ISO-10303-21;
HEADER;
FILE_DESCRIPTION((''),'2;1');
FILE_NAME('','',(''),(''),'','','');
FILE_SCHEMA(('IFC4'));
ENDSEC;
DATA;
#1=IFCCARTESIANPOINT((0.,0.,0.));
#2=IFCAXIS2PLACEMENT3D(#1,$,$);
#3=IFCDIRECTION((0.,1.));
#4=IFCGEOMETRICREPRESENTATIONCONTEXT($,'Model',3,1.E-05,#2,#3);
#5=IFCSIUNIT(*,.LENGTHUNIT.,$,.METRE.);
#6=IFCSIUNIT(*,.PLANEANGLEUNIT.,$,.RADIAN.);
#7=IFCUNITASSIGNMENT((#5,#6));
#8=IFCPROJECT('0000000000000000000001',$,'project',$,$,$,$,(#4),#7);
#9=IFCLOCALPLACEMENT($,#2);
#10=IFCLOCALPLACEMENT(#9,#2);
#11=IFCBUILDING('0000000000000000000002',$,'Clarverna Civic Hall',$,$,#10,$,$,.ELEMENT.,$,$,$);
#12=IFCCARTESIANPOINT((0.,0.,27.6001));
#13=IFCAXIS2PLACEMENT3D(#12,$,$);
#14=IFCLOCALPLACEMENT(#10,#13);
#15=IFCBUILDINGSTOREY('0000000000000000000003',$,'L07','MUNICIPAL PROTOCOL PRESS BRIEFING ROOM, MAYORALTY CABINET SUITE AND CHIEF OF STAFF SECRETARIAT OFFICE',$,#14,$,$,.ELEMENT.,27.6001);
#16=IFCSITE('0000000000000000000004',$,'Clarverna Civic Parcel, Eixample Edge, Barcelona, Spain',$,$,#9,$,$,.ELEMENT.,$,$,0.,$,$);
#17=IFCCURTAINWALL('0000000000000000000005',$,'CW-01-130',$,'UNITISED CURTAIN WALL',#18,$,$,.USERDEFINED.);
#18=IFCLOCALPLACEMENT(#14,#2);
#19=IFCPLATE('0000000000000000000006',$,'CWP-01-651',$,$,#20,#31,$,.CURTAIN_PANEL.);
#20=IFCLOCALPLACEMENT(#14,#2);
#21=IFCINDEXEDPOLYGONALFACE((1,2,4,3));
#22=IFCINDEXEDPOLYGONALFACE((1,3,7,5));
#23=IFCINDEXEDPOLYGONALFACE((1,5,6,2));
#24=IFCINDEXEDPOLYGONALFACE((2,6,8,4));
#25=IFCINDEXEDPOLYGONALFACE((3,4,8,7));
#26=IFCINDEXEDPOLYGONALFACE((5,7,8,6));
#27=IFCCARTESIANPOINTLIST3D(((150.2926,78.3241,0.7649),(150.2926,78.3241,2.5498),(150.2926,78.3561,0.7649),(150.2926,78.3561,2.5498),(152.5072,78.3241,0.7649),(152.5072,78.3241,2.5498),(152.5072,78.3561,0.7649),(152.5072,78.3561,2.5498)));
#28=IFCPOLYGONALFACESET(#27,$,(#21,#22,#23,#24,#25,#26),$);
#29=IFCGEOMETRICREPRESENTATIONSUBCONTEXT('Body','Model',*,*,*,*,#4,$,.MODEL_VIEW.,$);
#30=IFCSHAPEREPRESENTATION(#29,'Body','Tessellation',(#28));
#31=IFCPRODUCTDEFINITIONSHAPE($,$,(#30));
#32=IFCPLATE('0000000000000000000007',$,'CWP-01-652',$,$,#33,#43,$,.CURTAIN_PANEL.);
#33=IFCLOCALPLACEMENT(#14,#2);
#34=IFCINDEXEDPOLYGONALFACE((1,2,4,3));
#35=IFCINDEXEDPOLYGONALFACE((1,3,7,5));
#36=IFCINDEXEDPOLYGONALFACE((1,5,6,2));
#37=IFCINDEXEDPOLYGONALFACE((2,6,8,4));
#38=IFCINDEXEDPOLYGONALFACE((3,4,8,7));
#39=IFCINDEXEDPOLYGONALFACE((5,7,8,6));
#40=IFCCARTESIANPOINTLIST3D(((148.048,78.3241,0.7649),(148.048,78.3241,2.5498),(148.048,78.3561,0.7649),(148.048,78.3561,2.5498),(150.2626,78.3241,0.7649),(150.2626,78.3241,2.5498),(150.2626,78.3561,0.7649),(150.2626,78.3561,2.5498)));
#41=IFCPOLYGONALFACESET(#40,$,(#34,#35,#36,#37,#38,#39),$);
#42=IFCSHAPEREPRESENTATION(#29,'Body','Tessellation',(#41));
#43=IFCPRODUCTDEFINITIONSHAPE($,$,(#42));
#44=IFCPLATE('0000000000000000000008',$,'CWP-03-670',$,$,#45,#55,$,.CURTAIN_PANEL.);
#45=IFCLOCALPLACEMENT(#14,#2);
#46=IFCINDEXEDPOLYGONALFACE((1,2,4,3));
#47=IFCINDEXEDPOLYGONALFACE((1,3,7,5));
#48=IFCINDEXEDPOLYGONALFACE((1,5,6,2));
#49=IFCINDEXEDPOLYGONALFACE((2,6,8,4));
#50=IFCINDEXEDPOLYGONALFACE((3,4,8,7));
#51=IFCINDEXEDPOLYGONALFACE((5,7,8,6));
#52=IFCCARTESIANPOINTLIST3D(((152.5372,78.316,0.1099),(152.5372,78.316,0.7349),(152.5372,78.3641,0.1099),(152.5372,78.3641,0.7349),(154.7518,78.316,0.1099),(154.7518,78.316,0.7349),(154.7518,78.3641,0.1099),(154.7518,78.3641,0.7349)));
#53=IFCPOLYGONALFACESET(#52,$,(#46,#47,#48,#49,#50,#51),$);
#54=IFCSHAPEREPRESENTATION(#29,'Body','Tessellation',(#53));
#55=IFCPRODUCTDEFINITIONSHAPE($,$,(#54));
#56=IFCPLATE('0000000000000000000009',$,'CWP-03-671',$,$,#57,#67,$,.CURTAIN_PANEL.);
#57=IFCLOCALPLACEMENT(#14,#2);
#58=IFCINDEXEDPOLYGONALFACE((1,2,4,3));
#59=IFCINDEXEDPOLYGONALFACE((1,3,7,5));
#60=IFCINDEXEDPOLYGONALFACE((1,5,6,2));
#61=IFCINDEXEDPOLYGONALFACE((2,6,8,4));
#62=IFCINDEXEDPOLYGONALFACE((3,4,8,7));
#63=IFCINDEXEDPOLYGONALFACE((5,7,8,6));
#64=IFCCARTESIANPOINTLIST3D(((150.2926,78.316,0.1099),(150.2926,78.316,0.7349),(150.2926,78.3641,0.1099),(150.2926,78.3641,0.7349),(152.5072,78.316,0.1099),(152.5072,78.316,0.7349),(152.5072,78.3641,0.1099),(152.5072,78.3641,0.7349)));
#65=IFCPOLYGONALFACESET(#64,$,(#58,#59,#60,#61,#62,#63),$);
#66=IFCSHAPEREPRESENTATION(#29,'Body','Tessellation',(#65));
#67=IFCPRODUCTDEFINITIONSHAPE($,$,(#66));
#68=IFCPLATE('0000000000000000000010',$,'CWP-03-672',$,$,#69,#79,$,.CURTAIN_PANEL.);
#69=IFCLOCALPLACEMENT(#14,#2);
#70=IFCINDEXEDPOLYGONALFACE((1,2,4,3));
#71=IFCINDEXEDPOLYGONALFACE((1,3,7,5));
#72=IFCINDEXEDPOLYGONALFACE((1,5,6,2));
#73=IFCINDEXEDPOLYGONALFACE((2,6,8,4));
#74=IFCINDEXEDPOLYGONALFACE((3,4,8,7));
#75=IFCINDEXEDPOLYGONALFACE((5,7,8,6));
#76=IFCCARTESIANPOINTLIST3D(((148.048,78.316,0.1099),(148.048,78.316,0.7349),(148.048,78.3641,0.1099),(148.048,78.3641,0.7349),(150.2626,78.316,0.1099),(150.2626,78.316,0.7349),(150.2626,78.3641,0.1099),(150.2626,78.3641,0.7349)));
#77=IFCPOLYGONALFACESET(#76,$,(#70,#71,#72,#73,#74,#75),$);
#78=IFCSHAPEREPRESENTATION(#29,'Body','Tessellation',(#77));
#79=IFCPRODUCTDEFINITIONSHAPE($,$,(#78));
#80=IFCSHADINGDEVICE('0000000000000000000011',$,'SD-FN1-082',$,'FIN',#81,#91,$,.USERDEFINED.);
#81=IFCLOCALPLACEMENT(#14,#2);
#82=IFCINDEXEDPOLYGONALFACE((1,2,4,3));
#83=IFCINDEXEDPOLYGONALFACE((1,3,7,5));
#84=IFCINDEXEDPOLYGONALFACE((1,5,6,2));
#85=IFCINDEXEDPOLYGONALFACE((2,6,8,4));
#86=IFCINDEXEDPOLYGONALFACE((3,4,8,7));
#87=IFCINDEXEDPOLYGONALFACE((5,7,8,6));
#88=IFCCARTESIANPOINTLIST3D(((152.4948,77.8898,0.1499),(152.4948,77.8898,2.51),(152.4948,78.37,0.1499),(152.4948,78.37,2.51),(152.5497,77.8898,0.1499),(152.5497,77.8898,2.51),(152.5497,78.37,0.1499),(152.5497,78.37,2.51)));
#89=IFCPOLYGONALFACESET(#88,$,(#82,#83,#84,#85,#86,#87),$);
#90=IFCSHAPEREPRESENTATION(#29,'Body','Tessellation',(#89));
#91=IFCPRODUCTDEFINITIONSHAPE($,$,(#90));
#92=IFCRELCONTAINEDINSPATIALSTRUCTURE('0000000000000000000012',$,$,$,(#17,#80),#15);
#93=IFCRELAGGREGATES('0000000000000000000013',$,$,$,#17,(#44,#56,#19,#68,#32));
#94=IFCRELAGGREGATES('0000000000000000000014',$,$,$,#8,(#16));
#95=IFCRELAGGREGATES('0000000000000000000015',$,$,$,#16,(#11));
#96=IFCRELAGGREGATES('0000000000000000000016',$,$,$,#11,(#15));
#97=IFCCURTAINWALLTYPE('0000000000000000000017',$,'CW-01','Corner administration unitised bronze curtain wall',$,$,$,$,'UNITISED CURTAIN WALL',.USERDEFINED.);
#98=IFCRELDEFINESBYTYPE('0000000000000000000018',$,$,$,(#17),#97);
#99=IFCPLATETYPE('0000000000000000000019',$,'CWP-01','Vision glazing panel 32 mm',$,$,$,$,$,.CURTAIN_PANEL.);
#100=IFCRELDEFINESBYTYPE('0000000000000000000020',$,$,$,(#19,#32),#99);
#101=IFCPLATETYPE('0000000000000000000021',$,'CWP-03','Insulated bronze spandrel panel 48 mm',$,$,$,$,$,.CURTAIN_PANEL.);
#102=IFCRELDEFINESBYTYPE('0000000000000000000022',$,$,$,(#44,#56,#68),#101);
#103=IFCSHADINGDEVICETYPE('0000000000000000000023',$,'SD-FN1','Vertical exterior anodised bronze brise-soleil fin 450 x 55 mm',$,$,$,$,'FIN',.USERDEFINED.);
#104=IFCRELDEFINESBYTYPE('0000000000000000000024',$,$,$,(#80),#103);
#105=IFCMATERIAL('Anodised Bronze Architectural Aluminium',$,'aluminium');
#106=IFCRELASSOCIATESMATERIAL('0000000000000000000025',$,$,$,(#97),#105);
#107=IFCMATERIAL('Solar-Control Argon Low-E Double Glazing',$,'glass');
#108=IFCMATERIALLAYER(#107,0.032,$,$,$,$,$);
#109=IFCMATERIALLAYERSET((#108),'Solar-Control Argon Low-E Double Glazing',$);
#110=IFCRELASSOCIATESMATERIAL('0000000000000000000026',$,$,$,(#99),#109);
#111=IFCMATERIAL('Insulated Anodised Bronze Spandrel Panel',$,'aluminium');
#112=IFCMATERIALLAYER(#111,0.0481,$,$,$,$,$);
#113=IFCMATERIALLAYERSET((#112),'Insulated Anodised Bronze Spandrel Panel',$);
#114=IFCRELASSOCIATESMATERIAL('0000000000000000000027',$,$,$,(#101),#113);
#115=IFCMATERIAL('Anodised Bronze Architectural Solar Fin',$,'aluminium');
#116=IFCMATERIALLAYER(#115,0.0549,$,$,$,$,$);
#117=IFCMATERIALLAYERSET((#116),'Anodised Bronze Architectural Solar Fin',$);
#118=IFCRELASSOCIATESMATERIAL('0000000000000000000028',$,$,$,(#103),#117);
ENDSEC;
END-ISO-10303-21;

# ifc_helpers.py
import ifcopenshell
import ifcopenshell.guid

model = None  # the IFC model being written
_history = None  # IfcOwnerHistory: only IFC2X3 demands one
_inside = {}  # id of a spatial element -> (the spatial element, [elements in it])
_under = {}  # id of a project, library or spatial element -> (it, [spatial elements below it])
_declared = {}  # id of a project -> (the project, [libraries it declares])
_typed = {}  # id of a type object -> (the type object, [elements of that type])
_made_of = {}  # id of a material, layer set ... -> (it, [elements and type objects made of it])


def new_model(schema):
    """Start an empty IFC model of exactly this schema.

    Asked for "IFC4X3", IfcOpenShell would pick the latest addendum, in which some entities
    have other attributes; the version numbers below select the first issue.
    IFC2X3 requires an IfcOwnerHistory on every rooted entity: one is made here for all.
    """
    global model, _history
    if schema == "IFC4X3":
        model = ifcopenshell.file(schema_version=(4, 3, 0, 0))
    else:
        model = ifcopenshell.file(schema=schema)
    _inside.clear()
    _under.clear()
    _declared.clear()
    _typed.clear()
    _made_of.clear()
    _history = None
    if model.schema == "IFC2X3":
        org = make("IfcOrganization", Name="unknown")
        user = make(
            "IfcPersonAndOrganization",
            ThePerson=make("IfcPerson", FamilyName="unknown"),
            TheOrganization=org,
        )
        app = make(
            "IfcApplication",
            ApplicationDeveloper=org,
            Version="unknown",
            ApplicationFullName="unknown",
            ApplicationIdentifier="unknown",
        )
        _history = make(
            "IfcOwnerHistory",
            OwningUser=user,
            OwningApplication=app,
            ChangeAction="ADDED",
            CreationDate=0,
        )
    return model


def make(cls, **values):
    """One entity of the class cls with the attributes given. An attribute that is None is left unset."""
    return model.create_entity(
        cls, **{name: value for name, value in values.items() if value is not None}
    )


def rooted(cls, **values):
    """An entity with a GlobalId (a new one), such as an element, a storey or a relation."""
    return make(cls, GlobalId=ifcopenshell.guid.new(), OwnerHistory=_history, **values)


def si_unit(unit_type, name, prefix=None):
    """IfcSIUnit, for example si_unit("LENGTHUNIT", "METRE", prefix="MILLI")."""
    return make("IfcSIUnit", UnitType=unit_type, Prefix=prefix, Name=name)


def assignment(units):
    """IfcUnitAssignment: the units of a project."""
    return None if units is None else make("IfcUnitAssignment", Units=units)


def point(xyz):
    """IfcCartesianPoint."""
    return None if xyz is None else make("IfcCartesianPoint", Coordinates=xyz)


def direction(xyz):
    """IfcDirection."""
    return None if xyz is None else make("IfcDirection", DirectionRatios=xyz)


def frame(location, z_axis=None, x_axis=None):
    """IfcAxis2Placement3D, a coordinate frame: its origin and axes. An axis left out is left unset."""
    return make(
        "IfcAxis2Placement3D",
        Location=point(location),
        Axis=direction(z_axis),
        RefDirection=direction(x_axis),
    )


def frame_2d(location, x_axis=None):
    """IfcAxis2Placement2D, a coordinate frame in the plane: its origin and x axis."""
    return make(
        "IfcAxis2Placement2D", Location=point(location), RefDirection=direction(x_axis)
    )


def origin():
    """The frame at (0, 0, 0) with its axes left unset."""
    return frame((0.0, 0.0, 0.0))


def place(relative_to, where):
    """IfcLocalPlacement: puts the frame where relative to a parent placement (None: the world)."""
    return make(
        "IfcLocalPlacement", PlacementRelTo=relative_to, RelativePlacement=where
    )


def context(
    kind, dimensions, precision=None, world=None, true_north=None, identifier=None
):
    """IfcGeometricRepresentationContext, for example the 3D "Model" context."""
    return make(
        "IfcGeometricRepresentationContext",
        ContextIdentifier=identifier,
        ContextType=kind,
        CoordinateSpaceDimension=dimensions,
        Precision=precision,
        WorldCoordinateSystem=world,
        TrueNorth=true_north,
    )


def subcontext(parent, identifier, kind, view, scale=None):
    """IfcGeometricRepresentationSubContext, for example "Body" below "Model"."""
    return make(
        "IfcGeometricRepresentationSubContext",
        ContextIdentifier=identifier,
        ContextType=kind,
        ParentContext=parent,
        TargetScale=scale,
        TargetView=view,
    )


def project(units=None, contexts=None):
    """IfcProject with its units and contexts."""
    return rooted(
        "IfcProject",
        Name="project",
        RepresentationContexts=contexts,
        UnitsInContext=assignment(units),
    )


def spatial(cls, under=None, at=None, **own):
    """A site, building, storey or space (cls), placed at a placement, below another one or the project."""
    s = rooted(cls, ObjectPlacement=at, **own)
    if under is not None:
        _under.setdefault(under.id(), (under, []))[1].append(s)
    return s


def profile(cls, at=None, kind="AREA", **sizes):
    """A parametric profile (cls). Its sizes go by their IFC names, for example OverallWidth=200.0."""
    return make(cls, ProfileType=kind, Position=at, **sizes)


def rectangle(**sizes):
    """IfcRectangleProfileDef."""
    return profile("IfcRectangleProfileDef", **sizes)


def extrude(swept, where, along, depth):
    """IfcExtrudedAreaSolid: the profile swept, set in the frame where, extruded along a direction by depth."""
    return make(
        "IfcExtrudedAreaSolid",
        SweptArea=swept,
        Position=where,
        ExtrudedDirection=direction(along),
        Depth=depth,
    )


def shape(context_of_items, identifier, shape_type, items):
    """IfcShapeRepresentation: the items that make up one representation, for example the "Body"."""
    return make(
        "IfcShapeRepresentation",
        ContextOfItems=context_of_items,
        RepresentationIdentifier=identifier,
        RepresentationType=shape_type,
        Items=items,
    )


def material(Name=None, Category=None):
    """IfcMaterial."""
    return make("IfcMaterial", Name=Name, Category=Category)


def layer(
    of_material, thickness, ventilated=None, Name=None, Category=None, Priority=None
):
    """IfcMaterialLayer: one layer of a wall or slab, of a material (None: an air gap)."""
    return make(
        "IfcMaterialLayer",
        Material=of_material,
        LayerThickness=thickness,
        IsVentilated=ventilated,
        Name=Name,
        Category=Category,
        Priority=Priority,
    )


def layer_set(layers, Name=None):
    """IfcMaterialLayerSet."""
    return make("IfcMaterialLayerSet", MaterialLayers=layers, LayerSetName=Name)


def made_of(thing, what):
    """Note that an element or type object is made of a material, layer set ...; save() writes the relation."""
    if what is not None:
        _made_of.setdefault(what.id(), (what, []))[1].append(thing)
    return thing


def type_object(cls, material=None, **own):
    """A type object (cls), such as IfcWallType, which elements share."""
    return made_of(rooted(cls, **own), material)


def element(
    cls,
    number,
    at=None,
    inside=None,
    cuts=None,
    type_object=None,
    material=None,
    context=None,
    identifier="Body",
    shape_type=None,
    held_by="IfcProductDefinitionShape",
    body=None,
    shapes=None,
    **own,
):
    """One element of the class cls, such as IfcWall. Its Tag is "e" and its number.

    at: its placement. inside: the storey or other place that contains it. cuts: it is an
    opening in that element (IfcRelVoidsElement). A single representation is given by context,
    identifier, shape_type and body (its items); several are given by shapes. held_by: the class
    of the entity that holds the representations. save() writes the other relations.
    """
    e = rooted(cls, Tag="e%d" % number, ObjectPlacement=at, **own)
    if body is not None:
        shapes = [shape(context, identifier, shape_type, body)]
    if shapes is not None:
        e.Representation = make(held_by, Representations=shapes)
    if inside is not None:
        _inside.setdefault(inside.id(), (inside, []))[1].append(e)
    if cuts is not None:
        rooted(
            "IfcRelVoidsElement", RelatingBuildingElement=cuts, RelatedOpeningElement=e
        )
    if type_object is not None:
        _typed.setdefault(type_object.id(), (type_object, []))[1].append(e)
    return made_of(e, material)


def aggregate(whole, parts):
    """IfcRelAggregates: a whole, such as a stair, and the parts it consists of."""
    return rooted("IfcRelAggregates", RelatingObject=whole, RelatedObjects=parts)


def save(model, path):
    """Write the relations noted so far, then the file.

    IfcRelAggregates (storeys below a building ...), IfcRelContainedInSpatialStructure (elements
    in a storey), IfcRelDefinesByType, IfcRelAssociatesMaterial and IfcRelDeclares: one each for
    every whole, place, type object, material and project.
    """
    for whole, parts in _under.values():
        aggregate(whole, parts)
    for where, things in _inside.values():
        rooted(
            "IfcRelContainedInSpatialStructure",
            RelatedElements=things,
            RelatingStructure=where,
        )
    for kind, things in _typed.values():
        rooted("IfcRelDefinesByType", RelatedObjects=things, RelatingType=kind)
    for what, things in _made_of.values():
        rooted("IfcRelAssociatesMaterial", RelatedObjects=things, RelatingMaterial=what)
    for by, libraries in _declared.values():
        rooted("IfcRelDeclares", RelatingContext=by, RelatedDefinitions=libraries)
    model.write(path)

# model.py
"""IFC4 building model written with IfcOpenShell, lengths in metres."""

from ifc_helpers import new_model, si_unit, direction, frame, frame_2d, origin, place, context, subcontext, project, spatial, rectangle, extrude, material, layer, layer_set, type_object, element, aggregate, save


model = new_model("IFC4")

# Units and contexts
model_context = context("Model", 3, precision=1e-05, world=origin(), true_north=direction((0.0, 1.0)))
body_context = subcontext(model_context, "Body", "Model", "MODEL_VIEW")
ifc_project = project(units=[si_unit("LENGTHUNIT", "METRE"), si_unit("PLANEANGLEUNIT", "RADIAN")], contexts=[model_context])

# Site, building, storey
site_placement = place(None, origin())
site = spatial("IfcSite", under=ifc_project, at=site_placement, Name="Clarverna Civic Parcel, Eixample Edge, Barcelona, Spain", CompositionType="ELEMENT", RefElevation=0.0)
building_placement = place(site_placement, origin())
building = spatial("IfcBuilding", under=site, at=building_placement, Name="Clarverna Civic Hall", CompositionType="ELEMENT")
storey_placement = place(building_placement, frame((0.0, 0.0, 27.6001)))
storey = spatial("IfcBuildingStorey", under=building, at=storey_placement, Name="L07", Description="MUNICIPAL PROTOCOL PRESS BRIEFING ROOM, MAYORALTY CABINET SUITE AND CHIEF OF STAFF SECRETARIAT OFFICE", CompositionType="ELEMENT", Elevation=27.6001)

# Curtain wall
ifc_material_1 = material(Name="Anodised Bronze Architectural Aluminium", Category="aluminium")
curtain_wall_type = type_object("IfcCurtainWallType", Name="CW-01", Description="Corner administration unitised bronze curtain wall", ElementType="UNITISED CURTAIN WALL", PredefinedType="USERDEFINED", material=ifc_material_1)
curtain_wall_placement = place(storey_placement, origin())
curtain_wall = element("IfcCurtainWall", 1, at=curtain_wall_placement, inside=storey, type_object=curtain_wall_type, Name="CW-01-130", ObjectType="UNITISED CURTAIN WALL", PredefinedType="USERDEFINED")

# Plates
ifc_material_2 = material(Name="Solar-Control Argon Low-E Double Glazing", Category="glass")
ifc_layer_1 = layer(ifc_material_2, 0.032)
ifc_layer_set_1 = layer_set([ifc_layer_1], Name="Solar-Control Argon Low-E Double Glazing")
plate_type_1 = type_object("IfcPlateType", Name="CWP-01", Description="Vision glazing panel 32 mm", PredefinedType="CURTAIN_PANEL", material=ifc_layer_set_1)
plate_1_placement = place(storey_placement, frame((152.5073, 78.3401, 0.7649), z_axis=(0.0, 0.0, 1.0), x_axis=(-1.0, 0.0, 0.0)))
plate_1 = element("IfcPlate", 2, at=plate_1_placement, type_object=plate_type_1, Name="CWP-01-651", PredefinedType="CURTAIN_PANEL", context=body_context, shape_type="SweptSolid", body=[
    extrude(rectangle(XDim=2.2146, YDim=0.032, at=frame_2d((1.1074, 0.0))), origin(), (0.0, 0.0, 1.0), 1.7849),
])
plate_2_placement = place(storey_placement, frame((150.2627, 78.3401, 0.7649), z_axis=(0.0, 0.0, 1.0), x_axis=(-1.0, 0.0, 0.0)))
plate_2 = element("IfcPlate", 3, at=plate_2_placement, type_object=plate_type_1, Name="CWP-01-652", PredefinedType="CURTAIN_PANEL", context=body_context, shape_type="SweptSolid", body=[
    extrude(rectangle(XDim=2.2146, YDim=0.032, at=frame_2d((1.1074, 0.0))), origin(), (0.0, 0.0, 1.0), 1.7849),
])
ifc_material_3 = material(Name="Insulated Anodised Bronze Spandrel Panel", Category="aluminium")
ifc_layer_2 = layer(ifc_material_3, 0.0481)
ifc_layer_set_2 = layer_set([ifc_layer_2], Name="Insulated Anodised Bronze Spandrel Panel")
plate_type_2 = type_object("IfcPlateType", Name="CWP-03", Description="Insulated bronze spandrel panel 48 mm", PredefinedType="CURTAIN_PANEL", material=ifc_layer_set_2)
plate_3_placement = place(storey_placement, frame((154.752, 78.3401, 0.1099), z_axis=(0.0, 0.0, 1.0), x_axis=(-1.0, 0.0, 0.0)))
plate_3 = element("IfcPlate", 4, at=plate_3_placement, type_object=plate_type_2, Name="CWP-03-670", PredefinedType="CURTAIN_PANEL", context=body_context, shape_type="SweptSolid", body=[
    extrude(rectangle(XDim=2.2146, YDim=0.0481, at=frame_2d((1.1074, 0.0))), origin(), (0.0, 0.0, 1.0), 0.625),
])
plate_4_placement = place(storey_placement, frame((152.5073, 78.3401, 0.1099), z_axis=(0.0, 0.0, 1.0), x_axis=(-1.0, 0.0, 0.0)))
plate_4 = element("IfcPlate", 5, at=plate_4_placement, type_object=plate_type_2, Name="CWP-03-671", PredefinedType="CURTAIN_PANEL", context=body_context, shape_type="SweptSolid", body=[
    extrude(rectangle(XDim=2.2146, YDim=0.0481, at=frame_2d((1.1074, 0.0))), origin(), (0.0, 0.0, 1.0), 0.625),
])
plate_5_placement = place(storey_placement, frame((150.2627, 78.3401, 0.1099), z_axis=(0.0, 0.0, 1.0), x_axis=(-1.0, 0.0, 0.0)))
plate_5 = element("IfcPlate", 6, at=plate_5_placement, type_object=plate_type_2, Name="CWP-03-672", PredefinedType="CURTAIN_PANEL", context=body_context, shape_type="SweptSolid", body=[
    extrude(rectangle(XDim=2.2146, YDim=0.0481, at=frame_2d((1.1074, 0.0))), origin(), (0.0, 0.0, 1.0), 0.625),
])
aggregate(curtain_wall, [plate_3, plate_4, plate_1, plate_5, plate_2])

# Shading device
ifc_material_4 = material(Name="Anodised Bronze Architectural Solar Fin", Category="aluminium")
ifc_layer_3 = layer(ifc_material_4, 0.0549)
ifc_layer_set_3 = layer_set([ifc_layer_3], Name="Anodised Bronze Architectural Solar Fin")
shading_device_type = type_object("IfcShadingDeviceType", Name="SD-FN1", Description="Vertical exterior anodised bronze brise-soleil fin 450 x 55 mm", ElementType="FIN", PredefinedType="USERDEFINED", material=ifc_layer_set_3)
shading_device_placement = place(storey_placement, frame((152.5222, 78.3701, 0.1499), z_axis=(0.0, 0.0, 1.0), x_axis=(0.0, -1.0, 0.0)))
element("IfcShadingDevice", 7, at=shading_device_placement, inside=storey, type_object=shading_device_type, Name="SD-FN1-082", ObjectType="FIN", PredefinedType="USERDEFINED", context=body_context, shape_type="SweptSolid", body=[
    extrude(rectangle(XDim=0.4802, YDim=0.0549, at=frame_2d((0.2402, 0.0))), origin(), (0.0, 0.0, 1.0), 2.3601),
])

save(model, "model.ifc")
